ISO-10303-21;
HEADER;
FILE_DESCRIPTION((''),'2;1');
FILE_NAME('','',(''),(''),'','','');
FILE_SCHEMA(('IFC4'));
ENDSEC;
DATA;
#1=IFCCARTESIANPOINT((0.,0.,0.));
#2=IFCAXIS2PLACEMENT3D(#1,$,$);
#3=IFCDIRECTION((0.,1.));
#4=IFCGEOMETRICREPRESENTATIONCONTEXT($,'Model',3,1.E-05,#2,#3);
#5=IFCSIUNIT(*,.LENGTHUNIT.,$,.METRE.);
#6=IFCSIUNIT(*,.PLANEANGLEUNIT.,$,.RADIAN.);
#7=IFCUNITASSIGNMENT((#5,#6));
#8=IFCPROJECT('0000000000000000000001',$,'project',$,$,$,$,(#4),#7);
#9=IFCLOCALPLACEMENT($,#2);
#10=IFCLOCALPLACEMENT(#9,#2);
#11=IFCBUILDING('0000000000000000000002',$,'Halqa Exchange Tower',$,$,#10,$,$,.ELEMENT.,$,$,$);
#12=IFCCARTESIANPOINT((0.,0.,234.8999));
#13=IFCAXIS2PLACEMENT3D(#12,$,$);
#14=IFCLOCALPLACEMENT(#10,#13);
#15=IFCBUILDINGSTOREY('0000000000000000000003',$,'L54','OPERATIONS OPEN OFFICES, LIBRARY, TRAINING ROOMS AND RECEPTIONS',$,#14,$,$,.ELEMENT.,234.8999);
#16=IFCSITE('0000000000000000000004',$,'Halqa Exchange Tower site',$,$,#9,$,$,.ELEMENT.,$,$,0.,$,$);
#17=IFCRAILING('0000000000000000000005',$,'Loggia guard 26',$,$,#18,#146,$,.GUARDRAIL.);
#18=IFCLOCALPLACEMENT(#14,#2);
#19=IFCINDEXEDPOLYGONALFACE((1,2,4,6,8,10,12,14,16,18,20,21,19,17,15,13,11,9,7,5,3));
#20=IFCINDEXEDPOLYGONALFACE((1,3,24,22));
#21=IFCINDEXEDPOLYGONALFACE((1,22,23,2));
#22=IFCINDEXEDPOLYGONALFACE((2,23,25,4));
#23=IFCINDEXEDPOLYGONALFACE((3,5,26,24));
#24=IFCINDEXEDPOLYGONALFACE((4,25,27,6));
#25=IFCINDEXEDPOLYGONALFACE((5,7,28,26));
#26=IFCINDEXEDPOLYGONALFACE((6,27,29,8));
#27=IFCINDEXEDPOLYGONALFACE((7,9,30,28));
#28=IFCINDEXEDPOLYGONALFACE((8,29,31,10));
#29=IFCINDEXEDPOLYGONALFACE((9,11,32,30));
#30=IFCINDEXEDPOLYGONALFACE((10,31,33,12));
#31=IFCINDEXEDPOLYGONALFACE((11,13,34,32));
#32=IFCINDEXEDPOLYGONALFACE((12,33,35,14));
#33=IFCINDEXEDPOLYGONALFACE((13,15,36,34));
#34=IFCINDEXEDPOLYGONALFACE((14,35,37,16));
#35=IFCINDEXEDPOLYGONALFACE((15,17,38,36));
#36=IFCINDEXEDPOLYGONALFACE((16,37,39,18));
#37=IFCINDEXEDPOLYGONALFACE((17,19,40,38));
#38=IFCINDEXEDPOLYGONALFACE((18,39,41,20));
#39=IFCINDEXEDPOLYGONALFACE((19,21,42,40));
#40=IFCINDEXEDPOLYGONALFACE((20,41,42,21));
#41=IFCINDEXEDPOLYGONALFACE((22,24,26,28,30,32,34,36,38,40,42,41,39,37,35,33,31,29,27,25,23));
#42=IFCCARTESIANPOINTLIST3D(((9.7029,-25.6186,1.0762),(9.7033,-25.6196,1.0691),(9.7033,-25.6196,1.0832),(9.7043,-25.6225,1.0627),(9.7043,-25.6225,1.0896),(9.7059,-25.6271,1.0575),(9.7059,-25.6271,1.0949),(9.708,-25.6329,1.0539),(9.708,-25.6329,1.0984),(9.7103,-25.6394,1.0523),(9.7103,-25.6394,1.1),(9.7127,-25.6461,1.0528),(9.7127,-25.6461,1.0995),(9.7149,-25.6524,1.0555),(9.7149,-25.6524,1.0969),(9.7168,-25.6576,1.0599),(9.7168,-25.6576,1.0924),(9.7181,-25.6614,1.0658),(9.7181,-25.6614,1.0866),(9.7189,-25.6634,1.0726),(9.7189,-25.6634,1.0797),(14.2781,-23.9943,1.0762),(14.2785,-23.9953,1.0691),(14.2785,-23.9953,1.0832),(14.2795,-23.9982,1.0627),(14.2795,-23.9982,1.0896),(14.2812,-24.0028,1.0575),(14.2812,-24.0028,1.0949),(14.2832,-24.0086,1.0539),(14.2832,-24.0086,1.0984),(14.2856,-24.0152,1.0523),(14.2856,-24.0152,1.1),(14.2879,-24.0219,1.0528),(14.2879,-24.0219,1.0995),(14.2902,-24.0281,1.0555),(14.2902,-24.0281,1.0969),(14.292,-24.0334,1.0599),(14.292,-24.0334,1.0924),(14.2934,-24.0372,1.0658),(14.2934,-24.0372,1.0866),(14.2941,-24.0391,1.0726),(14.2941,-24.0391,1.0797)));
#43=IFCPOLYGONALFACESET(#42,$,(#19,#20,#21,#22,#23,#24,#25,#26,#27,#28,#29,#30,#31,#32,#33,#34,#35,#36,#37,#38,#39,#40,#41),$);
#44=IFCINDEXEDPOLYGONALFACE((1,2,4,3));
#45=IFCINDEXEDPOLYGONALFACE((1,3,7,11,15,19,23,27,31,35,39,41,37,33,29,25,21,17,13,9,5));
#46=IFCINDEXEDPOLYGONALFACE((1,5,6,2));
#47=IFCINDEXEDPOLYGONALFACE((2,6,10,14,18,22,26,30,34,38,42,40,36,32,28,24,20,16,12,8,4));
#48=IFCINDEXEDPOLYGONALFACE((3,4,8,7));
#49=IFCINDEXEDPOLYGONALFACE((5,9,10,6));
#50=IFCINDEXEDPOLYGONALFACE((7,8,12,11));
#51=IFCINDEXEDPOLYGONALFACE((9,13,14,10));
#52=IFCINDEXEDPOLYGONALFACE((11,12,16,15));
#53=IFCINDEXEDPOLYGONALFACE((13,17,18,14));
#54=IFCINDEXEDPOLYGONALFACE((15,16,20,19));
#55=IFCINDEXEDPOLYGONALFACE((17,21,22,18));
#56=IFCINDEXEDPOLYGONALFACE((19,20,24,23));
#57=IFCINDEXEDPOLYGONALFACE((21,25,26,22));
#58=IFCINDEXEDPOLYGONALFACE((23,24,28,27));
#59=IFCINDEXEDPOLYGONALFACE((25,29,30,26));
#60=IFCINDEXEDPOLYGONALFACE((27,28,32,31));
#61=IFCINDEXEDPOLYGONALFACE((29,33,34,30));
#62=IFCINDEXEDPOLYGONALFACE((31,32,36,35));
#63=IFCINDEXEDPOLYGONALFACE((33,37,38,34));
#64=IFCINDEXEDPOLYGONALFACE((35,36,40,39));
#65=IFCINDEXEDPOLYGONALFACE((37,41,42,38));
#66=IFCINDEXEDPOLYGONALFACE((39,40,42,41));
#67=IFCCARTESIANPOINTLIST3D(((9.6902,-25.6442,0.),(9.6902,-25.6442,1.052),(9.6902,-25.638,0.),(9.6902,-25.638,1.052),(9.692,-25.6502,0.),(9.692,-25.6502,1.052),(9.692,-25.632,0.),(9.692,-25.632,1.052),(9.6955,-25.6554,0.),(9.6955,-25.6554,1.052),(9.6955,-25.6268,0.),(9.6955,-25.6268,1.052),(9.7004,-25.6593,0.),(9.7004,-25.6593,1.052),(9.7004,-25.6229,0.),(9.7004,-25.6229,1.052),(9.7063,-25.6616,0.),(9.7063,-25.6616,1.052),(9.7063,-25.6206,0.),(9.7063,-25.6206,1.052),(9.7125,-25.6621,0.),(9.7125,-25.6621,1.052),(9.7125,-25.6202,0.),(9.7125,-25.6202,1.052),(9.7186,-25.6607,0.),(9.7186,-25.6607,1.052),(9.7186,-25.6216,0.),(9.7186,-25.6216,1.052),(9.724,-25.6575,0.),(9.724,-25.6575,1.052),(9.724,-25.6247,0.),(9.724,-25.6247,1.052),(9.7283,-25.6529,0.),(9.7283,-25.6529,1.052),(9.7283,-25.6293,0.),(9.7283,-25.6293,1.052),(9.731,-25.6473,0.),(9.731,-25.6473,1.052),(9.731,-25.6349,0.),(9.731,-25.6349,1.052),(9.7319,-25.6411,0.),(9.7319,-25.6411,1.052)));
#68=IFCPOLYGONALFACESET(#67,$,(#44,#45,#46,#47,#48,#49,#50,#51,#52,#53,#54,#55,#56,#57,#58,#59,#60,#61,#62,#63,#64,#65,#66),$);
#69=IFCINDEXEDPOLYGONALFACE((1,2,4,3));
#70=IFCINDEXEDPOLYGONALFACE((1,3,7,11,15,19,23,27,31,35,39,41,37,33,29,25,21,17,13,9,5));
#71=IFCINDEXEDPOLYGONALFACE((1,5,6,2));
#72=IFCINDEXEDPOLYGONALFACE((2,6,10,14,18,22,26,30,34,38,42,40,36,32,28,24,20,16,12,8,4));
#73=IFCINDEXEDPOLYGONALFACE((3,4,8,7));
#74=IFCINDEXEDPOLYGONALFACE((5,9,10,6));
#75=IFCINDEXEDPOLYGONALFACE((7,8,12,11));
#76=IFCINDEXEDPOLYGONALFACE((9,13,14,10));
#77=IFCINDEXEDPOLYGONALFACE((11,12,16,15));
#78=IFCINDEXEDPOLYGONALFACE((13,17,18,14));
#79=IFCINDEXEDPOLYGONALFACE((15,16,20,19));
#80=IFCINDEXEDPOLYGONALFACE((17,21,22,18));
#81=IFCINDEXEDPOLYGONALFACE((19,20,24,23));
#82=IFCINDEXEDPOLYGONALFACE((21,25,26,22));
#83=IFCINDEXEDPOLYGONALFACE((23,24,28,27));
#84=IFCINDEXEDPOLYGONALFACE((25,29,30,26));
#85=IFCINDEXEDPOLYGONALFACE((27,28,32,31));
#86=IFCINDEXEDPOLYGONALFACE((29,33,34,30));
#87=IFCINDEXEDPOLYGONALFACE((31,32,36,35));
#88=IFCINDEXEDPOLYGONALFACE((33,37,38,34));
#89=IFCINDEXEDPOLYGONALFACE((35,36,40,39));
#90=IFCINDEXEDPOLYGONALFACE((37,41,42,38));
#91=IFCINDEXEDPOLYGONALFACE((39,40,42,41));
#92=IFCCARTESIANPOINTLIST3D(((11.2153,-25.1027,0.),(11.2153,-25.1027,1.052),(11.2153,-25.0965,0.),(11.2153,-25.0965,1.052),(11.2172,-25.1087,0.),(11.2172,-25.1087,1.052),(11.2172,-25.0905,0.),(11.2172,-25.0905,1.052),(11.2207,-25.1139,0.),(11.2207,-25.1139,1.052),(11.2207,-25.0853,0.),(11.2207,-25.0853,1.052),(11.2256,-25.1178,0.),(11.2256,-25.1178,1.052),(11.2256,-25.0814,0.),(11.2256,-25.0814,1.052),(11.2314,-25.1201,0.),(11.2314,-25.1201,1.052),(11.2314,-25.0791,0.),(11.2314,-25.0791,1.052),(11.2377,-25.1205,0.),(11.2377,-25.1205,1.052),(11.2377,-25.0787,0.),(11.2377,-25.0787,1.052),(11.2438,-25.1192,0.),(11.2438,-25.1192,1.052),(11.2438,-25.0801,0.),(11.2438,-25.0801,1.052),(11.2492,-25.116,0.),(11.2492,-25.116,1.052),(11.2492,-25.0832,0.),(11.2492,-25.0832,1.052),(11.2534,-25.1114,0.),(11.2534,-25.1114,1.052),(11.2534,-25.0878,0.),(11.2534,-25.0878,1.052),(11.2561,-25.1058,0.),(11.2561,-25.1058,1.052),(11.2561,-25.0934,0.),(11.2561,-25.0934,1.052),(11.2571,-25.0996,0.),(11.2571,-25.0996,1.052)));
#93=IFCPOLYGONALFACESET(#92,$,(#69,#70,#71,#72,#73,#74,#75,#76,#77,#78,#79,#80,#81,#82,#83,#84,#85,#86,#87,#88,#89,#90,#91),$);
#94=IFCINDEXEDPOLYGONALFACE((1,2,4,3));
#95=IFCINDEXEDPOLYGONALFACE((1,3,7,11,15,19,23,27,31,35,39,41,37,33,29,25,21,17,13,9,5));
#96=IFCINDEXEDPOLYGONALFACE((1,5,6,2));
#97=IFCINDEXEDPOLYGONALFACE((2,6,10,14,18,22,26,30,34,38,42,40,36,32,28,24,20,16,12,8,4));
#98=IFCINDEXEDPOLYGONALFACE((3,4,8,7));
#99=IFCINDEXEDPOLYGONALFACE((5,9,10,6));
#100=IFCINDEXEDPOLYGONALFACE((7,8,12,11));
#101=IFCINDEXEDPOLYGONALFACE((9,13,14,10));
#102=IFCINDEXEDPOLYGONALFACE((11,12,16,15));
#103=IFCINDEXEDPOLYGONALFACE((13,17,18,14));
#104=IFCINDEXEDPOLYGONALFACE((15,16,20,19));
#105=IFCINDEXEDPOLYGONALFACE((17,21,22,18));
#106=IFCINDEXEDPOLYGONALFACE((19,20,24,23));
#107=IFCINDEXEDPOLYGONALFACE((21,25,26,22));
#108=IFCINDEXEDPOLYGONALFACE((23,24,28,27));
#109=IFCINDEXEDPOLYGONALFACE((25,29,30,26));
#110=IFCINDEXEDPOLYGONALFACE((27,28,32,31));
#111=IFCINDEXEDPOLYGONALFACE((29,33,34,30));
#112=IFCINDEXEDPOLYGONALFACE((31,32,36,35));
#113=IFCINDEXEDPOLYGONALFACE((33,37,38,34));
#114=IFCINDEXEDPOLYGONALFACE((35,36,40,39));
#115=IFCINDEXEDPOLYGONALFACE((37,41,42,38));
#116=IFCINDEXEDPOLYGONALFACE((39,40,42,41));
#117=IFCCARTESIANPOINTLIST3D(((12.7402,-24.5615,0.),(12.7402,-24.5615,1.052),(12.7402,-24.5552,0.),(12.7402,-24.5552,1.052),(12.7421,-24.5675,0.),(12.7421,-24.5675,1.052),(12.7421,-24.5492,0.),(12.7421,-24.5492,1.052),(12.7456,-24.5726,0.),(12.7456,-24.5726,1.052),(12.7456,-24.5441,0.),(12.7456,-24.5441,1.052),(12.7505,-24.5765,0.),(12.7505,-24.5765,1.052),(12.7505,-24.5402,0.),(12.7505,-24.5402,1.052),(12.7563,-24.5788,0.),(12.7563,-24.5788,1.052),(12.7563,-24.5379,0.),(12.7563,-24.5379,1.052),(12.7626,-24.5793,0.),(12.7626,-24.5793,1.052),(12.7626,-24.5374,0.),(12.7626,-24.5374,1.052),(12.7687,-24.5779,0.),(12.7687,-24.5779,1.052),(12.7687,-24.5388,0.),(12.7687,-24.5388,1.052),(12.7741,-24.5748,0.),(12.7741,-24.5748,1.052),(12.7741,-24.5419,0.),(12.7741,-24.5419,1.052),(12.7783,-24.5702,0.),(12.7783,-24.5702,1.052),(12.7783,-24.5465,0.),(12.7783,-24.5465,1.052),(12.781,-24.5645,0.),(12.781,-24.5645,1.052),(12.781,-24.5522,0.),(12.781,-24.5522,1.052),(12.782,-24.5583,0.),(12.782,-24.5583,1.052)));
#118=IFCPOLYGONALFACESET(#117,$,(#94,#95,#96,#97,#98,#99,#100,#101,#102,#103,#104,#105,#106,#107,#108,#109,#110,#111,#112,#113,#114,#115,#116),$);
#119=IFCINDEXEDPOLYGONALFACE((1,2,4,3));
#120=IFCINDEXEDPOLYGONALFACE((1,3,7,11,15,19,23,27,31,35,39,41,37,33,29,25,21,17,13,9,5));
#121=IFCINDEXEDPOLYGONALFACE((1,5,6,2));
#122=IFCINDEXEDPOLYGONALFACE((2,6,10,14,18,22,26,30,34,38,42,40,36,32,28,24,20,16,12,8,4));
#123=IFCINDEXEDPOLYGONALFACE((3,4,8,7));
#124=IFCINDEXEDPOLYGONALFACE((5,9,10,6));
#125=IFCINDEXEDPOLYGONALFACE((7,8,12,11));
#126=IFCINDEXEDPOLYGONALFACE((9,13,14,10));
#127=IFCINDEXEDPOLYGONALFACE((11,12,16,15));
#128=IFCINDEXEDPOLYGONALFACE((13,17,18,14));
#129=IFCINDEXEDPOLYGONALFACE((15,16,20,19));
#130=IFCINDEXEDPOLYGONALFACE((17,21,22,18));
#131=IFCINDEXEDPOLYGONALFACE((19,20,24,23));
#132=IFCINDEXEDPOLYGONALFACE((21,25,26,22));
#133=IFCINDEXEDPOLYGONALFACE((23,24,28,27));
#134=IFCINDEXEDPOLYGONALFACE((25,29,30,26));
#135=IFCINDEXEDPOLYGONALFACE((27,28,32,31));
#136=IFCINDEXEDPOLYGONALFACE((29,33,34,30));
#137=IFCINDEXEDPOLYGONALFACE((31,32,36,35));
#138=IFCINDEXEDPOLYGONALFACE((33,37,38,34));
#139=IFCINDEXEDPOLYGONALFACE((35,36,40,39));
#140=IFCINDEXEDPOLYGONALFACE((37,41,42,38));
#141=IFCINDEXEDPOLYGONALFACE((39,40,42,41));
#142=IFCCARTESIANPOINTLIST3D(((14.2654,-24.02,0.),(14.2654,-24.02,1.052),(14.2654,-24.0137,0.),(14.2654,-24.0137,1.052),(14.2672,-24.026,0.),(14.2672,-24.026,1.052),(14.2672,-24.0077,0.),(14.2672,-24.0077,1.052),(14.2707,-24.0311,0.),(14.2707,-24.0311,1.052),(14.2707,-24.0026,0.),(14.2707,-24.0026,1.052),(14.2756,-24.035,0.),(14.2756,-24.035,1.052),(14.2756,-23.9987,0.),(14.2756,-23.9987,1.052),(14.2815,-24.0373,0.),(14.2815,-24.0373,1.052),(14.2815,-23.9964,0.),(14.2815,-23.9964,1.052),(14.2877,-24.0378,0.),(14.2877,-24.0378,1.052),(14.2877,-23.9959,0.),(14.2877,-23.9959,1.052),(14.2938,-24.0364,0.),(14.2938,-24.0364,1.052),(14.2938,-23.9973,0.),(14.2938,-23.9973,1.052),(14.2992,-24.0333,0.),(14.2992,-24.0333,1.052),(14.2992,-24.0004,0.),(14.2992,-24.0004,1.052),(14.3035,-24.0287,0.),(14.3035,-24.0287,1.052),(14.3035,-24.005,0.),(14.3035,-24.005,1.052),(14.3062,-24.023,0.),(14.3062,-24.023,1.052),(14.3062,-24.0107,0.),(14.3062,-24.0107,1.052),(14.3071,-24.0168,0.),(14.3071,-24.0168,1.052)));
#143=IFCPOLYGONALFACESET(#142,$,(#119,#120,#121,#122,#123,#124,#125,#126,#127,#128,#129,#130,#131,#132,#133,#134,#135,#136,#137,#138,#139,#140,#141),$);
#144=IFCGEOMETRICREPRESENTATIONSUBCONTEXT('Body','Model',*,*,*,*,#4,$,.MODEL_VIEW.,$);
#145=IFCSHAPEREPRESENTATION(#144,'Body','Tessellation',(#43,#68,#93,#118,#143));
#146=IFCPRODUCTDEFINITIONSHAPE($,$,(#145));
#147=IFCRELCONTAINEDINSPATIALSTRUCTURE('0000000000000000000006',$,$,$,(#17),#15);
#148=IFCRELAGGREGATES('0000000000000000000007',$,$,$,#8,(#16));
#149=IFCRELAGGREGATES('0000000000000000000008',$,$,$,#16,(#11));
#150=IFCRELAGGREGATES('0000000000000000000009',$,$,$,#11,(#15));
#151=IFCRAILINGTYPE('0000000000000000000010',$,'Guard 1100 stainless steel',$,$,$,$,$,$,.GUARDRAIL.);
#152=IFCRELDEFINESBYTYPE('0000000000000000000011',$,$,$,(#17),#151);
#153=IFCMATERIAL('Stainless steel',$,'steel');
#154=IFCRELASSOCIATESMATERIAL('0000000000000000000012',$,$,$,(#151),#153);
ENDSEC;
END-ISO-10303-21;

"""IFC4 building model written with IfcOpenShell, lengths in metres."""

from ifc_helpers import new_model, si_unit, direction, frame, origin, origin_2d, place, context, subcontext, project, spatial, circle, extrude, material, type_object, element, save


model = new_model("IFC4")

# Units and contexts
model_context = context("Model", 3, precision=1e-05, world=origin(), true_north=direction((0.0, 1.0)))
body_context = subcontext(model_context, "Body", "Model", "MODEL_VIEW")
ifc_project = project(units=[si_unit("LENGTHUNIT", "METRE"), si_unit("PLANEANGLEUNIT", "RADIAN")], contexts=[model_context])

# Site, building, storey
site_placement = place(None, origin())
site = spatial("IfcSite", under=ifc_project, at=site_placement, Name="Halqa Exchange Tower site", CompositionType="ELEMENT", RefElevation=0.0)
building_placement = place(site_placement, origin())
building = spatial("IfcBuilding", under=site, at=building_placement, Name="Halqa Exchange Tower", CompositionType="ELEMENT")
storey_placement = place(building_placement, frame((0.0, 0.0, 234.8999)))
storey = spatial("IfcBuildingStorey", under=building, at=storey_placement, Name="L54", Description="OPERATIONS OPEN OFFICES, LIBRARY, TRAINING ROOMS AND RECEPTIONS", CompositionType="ELEMENT", Elevation=234.8999)

# Railing
ifc_material_1 = material(Name="Stainless steel", Category="steel")
railing_type = type_object("IfcRailingType", Name="Guard 1100 stainless steel", PredefinedType="GUARDRAIL", material=ifc_material_1)
railing_1_placement = place(storey_placement, frame((9.7109, -25.6411, 0.0)))
element("IfcRailing", 1, at=railing_1_placement, inside=storey, type_object=railing_type, Name="Loggia guard 26", PredefinedType="GUARDRAIL", context=body_context, shape_type="SweptSolid", body=[
    extrude(circle(Radius=0.0239, at=origin_2d()), frame((0.0, 0.0, 1.0762), z_axis=(0.942375, 0.334558, 0.0), x_axis=(-0.334558, 0.942375, 0.0)), (0.0, 0.0, 1.0), 4.855),
    extrude(circle(Radius=0.021, at=origin_2d()), origin(), (0.0, 0.0, 1.0), 1.052),
    extrude(circle(Radius=0.021, at=origin_2d()), frame((1.5251, 0.5415, 0.0)), (0.0, 0.0, 1.0), 1.052),
    extrude(circle(Radius=0.021, at=origin_2d()), frame((3.05, 1.0828, 0.0)), (0.0, 0.0, 1.0), 1.052),
    extrude(circle(Radius=0.021, at=origin_2d()), frame((4.5752, 1.6243, 0.0)), (0.0, 0.0, 1.0), 1.052),
])

save(model, "model.ifc")
